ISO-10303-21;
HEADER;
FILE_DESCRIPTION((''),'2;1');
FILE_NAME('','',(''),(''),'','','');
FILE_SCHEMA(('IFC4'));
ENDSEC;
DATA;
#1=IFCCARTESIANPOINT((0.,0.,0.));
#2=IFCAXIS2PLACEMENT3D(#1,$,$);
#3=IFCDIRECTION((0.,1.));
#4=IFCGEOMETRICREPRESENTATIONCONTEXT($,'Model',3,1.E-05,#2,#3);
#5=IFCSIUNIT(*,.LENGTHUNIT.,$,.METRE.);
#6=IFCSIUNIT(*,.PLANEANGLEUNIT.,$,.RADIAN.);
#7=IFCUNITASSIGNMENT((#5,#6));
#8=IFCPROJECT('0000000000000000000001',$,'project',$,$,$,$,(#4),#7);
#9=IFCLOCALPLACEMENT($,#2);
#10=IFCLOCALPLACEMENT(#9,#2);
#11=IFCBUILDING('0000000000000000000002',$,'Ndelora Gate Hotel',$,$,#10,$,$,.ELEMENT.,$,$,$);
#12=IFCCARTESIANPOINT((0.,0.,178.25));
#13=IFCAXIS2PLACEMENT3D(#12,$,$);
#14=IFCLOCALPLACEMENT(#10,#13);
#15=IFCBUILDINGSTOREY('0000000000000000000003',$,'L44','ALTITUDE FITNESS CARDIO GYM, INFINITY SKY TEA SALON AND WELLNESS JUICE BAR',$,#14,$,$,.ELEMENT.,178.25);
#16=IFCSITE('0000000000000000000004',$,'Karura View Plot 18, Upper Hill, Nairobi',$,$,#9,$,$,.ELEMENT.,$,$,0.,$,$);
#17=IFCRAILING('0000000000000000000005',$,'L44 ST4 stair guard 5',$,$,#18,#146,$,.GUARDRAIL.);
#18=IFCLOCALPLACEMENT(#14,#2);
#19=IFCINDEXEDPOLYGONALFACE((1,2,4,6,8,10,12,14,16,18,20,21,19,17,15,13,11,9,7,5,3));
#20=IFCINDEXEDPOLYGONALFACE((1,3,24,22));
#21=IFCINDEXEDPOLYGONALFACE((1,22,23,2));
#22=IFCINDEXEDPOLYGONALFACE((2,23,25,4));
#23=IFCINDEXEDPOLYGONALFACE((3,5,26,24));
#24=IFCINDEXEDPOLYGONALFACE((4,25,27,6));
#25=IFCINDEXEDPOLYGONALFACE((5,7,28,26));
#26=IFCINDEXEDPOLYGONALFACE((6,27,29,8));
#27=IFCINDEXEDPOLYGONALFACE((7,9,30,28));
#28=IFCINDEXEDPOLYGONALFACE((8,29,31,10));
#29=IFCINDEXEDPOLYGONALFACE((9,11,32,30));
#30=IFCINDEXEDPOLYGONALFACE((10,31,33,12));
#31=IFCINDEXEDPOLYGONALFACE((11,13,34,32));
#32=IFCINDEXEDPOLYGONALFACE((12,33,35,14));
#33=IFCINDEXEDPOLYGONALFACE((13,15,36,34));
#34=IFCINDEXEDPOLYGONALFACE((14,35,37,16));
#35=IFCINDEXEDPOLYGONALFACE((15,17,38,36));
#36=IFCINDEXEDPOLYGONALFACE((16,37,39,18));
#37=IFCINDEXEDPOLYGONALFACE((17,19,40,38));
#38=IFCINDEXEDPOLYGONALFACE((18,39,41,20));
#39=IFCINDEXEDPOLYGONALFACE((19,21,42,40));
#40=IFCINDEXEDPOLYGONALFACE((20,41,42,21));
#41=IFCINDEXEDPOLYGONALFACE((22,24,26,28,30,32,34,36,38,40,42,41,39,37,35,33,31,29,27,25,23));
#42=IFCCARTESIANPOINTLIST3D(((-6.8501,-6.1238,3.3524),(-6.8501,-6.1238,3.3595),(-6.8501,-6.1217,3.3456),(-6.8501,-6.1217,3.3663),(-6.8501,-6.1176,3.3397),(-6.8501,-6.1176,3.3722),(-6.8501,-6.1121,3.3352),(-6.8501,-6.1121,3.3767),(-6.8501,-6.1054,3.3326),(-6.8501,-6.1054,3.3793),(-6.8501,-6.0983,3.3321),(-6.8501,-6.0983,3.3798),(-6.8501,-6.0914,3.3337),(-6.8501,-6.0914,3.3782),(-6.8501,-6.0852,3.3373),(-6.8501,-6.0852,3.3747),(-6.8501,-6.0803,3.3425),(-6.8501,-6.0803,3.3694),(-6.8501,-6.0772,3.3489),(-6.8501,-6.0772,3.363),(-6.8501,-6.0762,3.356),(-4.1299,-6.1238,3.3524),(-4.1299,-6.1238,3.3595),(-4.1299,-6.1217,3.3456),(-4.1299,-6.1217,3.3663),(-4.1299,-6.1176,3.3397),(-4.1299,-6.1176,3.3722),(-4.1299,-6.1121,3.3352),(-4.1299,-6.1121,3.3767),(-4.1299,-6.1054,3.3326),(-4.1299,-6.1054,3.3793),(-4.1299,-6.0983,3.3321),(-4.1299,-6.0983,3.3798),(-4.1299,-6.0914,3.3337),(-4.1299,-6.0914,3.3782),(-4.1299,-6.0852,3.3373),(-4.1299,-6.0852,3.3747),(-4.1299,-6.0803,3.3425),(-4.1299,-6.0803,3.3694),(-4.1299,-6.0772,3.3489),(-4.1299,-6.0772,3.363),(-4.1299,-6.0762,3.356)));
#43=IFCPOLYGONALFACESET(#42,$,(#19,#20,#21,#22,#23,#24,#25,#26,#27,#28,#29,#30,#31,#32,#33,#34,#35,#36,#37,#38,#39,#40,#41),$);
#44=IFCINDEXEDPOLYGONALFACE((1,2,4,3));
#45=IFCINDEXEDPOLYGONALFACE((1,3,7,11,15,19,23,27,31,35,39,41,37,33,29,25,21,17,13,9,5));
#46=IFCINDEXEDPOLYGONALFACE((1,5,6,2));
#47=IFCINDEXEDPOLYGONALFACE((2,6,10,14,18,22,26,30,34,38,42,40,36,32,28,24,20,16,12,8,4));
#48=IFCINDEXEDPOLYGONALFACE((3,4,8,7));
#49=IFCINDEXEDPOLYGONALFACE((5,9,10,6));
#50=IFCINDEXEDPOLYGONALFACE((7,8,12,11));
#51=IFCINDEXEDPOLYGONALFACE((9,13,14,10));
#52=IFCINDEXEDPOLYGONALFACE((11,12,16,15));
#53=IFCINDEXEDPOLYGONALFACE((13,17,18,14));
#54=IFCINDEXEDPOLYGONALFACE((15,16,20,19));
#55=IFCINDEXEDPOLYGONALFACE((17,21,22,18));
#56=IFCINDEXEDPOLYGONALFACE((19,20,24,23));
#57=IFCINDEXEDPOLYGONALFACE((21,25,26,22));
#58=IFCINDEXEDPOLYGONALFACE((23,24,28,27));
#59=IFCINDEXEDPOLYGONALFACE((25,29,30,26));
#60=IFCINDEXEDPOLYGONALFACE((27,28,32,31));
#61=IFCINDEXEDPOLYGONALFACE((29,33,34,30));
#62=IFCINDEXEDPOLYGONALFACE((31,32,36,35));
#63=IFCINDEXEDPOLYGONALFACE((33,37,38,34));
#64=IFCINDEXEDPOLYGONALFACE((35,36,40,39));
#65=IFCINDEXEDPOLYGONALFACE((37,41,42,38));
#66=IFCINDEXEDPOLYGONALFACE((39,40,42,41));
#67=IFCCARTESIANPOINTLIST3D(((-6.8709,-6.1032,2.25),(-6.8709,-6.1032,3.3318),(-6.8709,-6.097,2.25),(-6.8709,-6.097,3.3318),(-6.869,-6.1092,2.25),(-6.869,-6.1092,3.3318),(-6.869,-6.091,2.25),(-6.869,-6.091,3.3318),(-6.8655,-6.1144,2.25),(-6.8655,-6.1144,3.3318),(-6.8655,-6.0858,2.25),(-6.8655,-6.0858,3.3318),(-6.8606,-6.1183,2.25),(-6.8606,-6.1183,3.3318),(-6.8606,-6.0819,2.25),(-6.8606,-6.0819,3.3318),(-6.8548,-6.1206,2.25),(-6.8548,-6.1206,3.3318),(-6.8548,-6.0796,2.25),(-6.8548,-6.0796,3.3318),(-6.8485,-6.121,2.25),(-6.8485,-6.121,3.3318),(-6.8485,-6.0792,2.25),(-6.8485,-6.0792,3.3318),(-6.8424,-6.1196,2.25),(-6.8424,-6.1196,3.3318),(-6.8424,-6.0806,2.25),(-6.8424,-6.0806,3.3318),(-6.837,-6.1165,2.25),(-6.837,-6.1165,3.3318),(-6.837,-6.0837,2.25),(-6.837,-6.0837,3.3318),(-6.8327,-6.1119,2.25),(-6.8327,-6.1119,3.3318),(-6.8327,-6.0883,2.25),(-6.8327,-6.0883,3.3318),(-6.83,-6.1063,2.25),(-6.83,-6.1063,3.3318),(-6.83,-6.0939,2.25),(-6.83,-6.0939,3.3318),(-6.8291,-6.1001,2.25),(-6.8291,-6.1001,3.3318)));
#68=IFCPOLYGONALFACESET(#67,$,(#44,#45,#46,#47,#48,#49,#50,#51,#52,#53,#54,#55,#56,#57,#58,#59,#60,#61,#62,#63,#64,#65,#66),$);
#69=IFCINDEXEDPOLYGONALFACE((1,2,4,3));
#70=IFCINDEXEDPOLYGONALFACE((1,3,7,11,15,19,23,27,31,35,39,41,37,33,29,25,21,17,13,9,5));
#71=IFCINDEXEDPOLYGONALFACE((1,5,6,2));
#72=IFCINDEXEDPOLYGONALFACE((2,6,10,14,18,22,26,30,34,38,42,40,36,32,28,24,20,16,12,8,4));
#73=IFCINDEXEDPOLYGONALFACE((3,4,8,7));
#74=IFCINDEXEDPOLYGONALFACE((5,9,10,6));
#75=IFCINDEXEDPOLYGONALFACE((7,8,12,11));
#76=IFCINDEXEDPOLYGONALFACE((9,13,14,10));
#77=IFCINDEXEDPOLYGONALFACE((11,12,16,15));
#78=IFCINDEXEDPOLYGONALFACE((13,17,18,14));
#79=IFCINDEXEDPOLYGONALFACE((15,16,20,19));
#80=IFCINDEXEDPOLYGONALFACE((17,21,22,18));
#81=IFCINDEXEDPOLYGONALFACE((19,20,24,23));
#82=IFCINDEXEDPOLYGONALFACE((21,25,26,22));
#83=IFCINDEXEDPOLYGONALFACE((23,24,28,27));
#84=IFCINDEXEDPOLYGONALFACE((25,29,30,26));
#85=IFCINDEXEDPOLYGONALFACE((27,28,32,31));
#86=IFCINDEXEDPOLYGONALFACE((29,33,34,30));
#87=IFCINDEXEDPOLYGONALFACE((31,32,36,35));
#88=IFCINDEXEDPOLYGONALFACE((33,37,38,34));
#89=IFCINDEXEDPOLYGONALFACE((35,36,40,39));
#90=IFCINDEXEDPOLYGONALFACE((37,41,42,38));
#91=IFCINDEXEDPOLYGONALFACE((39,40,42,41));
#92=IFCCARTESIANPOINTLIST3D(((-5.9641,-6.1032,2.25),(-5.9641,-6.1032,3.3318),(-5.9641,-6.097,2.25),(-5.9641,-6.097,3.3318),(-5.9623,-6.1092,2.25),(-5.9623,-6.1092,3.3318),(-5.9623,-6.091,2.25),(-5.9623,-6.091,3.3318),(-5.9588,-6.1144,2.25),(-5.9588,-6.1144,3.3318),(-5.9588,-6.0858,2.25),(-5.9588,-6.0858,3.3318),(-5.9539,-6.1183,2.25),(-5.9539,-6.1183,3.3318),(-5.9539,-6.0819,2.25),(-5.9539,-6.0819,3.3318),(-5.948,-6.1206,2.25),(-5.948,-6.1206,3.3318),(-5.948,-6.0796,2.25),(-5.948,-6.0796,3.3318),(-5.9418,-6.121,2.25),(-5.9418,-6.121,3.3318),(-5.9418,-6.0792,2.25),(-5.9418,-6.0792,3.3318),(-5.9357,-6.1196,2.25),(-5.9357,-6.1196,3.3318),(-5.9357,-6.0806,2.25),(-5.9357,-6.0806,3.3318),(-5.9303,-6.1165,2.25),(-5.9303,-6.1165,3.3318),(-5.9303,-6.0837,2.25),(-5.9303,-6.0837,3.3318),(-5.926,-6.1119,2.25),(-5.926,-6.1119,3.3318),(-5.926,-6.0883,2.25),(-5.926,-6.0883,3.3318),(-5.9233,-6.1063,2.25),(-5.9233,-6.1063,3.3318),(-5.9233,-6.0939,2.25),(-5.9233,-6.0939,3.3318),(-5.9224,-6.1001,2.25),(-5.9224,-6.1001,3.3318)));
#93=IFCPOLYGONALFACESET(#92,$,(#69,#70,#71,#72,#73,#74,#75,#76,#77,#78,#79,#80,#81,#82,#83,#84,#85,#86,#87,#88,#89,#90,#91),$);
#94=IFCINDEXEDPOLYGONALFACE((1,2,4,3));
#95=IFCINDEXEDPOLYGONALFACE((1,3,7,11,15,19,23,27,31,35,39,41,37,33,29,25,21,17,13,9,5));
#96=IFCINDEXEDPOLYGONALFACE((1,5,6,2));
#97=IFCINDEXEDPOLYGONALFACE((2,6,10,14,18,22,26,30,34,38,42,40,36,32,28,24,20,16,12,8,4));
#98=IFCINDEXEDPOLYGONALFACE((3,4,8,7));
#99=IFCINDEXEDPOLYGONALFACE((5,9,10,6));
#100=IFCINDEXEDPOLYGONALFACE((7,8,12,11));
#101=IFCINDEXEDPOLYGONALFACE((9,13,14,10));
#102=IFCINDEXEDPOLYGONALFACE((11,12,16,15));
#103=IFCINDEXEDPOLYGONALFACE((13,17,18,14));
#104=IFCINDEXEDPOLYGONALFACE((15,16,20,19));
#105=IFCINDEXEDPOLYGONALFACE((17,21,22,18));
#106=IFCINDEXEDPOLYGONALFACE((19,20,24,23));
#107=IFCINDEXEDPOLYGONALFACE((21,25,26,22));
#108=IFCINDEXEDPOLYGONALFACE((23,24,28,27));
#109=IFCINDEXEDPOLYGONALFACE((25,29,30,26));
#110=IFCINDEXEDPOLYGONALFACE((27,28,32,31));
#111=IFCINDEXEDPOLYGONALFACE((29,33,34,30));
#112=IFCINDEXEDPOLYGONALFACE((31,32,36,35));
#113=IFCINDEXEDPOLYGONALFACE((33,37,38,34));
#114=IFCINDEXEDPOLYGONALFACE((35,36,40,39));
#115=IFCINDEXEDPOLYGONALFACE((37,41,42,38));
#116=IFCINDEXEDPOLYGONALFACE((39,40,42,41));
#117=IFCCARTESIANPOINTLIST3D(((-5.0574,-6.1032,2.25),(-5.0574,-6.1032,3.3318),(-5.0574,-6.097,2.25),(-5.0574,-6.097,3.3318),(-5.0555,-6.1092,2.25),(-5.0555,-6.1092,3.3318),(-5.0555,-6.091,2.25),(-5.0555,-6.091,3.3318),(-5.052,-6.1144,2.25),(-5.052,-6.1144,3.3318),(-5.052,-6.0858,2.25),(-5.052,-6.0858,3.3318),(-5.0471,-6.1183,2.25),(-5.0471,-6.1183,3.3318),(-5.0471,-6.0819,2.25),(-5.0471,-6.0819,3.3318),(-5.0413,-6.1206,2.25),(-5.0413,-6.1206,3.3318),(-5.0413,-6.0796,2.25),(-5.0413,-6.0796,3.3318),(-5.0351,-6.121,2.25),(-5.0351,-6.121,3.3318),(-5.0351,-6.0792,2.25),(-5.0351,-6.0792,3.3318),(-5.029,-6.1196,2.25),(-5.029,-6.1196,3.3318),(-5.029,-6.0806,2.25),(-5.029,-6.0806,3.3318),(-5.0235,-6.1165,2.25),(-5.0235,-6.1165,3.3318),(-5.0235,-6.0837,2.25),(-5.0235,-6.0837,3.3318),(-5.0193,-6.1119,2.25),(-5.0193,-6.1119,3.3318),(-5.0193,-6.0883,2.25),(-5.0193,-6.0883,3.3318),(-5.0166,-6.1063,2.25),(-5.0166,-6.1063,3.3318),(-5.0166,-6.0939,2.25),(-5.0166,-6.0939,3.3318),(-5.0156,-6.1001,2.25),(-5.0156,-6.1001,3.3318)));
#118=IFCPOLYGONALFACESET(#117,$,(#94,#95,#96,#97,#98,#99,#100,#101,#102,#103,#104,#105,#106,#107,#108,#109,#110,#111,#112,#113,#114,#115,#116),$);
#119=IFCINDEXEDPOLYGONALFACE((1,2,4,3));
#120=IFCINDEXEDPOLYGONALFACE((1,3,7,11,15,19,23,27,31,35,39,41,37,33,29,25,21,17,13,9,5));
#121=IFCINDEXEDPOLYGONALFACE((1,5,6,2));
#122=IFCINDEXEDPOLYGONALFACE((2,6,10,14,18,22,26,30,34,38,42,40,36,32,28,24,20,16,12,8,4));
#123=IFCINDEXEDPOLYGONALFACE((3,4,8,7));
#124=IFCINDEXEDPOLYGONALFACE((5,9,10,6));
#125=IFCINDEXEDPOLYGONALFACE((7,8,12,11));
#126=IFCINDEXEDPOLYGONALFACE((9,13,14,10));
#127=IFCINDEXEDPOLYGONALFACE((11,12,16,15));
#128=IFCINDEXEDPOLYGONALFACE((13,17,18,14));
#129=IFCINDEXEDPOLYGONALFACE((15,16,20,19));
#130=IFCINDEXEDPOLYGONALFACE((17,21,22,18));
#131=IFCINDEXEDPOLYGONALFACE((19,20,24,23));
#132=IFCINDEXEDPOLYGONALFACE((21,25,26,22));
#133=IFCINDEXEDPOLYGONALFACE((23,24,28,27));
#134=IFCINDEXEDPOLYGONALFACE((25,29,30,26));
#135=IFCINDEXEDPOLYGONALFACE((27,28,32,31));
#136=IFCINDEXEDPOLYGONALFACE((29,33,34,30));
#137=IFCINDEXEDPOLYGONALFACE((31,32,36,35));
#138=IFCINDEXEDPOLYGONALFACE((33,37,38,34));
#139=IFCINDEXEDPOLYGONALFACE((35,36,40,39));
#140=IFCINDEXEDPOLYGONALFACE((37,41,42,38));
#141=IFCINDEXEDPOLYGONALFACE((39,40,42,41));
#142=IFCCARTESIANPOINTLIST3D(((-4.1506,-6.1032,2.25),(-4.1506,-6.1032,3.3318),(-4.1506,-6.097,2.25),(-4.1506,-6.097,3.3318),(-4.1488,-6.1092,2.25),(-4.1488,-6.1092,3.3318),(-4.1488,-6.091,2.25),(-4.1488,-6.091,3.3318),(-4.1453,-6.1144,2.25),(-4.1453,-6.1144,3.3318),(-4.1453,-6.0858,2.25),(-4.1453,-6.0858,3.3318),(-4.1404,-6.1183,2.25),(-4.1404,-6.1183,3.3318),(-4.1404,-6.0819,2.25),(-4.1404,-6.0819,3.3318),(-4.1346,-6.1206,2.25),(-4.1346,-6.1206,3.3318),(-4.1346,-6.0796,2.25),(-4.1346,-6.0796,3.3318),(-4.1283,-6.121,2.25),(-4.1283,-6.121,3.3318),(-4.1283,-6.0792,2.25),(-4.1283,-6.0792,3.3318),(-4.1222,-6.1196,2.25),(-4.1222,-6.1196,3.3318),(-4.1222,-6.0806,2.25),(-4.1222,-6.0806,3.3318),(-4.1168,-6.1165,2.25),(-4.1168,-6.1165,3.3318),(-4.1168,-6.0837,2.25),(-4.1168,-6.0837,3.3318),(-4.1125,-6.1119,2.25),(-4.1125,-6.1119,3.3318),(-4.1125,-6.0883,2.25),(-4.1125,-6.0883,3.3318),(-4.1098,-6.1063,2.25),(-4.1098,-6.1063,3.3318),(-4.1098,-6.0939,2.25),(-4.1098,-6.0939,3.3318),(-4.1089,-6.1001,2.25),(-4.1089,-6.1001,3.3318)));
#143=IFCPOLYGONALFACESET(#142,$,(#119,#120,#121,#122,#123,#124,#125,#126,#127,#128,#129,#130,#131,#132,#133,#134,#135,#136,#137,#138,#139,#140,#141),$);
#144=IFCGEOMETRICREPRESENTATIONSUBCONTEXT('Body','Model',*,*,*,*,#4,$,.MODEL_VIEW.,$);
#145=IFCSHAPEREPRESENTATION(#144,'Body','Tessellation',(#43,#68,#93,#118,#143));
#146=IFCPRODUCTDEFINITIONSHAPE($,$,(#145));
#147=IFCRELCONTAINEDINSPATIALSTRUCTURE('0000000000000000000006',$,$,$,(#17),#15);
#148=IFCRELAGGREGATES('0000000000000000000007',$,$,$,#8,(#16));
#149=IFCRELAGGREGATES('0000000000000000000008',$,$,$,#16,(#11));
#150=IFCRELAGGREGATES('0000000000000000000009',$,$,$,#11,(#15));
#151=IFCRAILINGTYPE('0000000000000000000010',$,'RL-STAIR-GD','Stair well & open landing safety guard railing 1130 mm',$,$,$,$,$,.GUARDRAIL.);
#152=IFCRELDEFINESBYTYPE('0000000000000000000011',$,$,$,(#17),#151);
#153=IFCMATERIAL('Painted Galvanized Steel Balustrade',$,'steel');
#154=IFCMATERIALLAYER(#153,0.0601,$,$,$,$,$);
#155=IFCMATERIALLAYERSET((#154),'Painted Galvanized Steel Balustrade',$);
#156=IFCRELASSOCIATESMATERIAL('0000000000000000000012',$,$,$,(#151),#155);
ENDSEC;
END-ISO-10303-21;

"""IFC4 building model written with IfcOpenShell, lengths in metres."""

from ifc_helpers import new_model, si_unit, direction, frame, origin, origin_2d, place, context, subcontext, project, spatial, circle, extrude, material, layer, layer_set, type_object, element, save


model = new_model("IFC4")

# Units and contexts
model_context = context("Model", 3, precision=1e-05, world=origin(), true_north=direction((0.0, 1.0)))
body_context = subcontext(model_context, "Body", "Model", "MODEL_VIEW")
ifc_project = project(units=[si_unit("LENGTHUNIT", "METRE"), si_unit("PLANEANGLEUNIT", "RADIAN")], contexts=[model_context])

# Site, building, storey
site_placement = place(None, origin())
site = spatial("IfcSite", under=ifc_project, at=site_placement, Name="Karura View Plot 18, Upper Hill, Nairobi", CompositionType="ELEMENT", RefElevation=0.0)
building_placement = place(site_placement, origin())
building = spatial("IfcBuilding", under=site, at=building_placement, Name="Ndelora Gate Hotel", CompositionType="ELEMENT")
storey_placement = place(building_placement, frame((0.0, 0.0, 178.25)))
storey = spatial("IfcBuildingStorey", under=building, at=storey_placement, Name="L44", Description="ALTITUDE FITNESS CARDIO GYM, INFINITY SKY TEA SALON AND WELLNESS JUICE BAR", CompositionType="ELEMENT", Elevation=178.25)

# Railing
ifc_material_1 = material(Name="Painted Galvanized Steel Balustrade", Category="steel")
ifc_layer_1 = layer(ifc_material_1, 0.0601)
ifc_layer_set_1 = layer_set([ifc_layer_1], Name="Painted Galvanized Steel Balustrade")
railing_type_1 = type_object("IfcRailingType", Name="RL-STAIR-GD", Description="Stair well & open landing safety guard railing 1130 mm", PredefinedType="GUARDRAIL", material=ifc_layer_set_1)
railing_1_placement = place(storey_placement, frame((-6.8501, -6.1001, 2.25)))
element("IfcRailing", 1, at=railing_1_placement, inside=storey, type_object=railing_type_1, Name="L44 ST4 stair guard 5", PredefinedType="GUARDRAIL", context=body_context, shape_type="SweptSolid", body=[
    extrude(circle(Radius=0.0239, at=origin_2d()), frame((0.0, 0.0, 1.106), z_axis=(1.0, 0.0, 0.0), x_axis=(0.0, 1.0, 0.0)), (0.0, 0.0, 1.0), 2.7202),
    extrude(circle(Radius=0.021, at=origin_2d()), origin(), (0.0, 0.0, 1.0), 1.0818),
    extrude(circle(Radius=0.021, at=origin_2d()), frame((0.9067, 0.0, 0.0)), (0.0, 0.0, 1.0), 1.0818),
    extrude(circle(Radius=0.021, at=origin_2d()), frame((1.8135, 0.0, 0.0)), (0.0, 0.0, 1.0), 1.0818),
    extrude(circle(Radius=0.021, at=origin_2d()), frame((2.7202, 0.0, 0.0)), (0.0, 0.0, 1.0), 1.0818),
])

save(model, "model.ifc")
